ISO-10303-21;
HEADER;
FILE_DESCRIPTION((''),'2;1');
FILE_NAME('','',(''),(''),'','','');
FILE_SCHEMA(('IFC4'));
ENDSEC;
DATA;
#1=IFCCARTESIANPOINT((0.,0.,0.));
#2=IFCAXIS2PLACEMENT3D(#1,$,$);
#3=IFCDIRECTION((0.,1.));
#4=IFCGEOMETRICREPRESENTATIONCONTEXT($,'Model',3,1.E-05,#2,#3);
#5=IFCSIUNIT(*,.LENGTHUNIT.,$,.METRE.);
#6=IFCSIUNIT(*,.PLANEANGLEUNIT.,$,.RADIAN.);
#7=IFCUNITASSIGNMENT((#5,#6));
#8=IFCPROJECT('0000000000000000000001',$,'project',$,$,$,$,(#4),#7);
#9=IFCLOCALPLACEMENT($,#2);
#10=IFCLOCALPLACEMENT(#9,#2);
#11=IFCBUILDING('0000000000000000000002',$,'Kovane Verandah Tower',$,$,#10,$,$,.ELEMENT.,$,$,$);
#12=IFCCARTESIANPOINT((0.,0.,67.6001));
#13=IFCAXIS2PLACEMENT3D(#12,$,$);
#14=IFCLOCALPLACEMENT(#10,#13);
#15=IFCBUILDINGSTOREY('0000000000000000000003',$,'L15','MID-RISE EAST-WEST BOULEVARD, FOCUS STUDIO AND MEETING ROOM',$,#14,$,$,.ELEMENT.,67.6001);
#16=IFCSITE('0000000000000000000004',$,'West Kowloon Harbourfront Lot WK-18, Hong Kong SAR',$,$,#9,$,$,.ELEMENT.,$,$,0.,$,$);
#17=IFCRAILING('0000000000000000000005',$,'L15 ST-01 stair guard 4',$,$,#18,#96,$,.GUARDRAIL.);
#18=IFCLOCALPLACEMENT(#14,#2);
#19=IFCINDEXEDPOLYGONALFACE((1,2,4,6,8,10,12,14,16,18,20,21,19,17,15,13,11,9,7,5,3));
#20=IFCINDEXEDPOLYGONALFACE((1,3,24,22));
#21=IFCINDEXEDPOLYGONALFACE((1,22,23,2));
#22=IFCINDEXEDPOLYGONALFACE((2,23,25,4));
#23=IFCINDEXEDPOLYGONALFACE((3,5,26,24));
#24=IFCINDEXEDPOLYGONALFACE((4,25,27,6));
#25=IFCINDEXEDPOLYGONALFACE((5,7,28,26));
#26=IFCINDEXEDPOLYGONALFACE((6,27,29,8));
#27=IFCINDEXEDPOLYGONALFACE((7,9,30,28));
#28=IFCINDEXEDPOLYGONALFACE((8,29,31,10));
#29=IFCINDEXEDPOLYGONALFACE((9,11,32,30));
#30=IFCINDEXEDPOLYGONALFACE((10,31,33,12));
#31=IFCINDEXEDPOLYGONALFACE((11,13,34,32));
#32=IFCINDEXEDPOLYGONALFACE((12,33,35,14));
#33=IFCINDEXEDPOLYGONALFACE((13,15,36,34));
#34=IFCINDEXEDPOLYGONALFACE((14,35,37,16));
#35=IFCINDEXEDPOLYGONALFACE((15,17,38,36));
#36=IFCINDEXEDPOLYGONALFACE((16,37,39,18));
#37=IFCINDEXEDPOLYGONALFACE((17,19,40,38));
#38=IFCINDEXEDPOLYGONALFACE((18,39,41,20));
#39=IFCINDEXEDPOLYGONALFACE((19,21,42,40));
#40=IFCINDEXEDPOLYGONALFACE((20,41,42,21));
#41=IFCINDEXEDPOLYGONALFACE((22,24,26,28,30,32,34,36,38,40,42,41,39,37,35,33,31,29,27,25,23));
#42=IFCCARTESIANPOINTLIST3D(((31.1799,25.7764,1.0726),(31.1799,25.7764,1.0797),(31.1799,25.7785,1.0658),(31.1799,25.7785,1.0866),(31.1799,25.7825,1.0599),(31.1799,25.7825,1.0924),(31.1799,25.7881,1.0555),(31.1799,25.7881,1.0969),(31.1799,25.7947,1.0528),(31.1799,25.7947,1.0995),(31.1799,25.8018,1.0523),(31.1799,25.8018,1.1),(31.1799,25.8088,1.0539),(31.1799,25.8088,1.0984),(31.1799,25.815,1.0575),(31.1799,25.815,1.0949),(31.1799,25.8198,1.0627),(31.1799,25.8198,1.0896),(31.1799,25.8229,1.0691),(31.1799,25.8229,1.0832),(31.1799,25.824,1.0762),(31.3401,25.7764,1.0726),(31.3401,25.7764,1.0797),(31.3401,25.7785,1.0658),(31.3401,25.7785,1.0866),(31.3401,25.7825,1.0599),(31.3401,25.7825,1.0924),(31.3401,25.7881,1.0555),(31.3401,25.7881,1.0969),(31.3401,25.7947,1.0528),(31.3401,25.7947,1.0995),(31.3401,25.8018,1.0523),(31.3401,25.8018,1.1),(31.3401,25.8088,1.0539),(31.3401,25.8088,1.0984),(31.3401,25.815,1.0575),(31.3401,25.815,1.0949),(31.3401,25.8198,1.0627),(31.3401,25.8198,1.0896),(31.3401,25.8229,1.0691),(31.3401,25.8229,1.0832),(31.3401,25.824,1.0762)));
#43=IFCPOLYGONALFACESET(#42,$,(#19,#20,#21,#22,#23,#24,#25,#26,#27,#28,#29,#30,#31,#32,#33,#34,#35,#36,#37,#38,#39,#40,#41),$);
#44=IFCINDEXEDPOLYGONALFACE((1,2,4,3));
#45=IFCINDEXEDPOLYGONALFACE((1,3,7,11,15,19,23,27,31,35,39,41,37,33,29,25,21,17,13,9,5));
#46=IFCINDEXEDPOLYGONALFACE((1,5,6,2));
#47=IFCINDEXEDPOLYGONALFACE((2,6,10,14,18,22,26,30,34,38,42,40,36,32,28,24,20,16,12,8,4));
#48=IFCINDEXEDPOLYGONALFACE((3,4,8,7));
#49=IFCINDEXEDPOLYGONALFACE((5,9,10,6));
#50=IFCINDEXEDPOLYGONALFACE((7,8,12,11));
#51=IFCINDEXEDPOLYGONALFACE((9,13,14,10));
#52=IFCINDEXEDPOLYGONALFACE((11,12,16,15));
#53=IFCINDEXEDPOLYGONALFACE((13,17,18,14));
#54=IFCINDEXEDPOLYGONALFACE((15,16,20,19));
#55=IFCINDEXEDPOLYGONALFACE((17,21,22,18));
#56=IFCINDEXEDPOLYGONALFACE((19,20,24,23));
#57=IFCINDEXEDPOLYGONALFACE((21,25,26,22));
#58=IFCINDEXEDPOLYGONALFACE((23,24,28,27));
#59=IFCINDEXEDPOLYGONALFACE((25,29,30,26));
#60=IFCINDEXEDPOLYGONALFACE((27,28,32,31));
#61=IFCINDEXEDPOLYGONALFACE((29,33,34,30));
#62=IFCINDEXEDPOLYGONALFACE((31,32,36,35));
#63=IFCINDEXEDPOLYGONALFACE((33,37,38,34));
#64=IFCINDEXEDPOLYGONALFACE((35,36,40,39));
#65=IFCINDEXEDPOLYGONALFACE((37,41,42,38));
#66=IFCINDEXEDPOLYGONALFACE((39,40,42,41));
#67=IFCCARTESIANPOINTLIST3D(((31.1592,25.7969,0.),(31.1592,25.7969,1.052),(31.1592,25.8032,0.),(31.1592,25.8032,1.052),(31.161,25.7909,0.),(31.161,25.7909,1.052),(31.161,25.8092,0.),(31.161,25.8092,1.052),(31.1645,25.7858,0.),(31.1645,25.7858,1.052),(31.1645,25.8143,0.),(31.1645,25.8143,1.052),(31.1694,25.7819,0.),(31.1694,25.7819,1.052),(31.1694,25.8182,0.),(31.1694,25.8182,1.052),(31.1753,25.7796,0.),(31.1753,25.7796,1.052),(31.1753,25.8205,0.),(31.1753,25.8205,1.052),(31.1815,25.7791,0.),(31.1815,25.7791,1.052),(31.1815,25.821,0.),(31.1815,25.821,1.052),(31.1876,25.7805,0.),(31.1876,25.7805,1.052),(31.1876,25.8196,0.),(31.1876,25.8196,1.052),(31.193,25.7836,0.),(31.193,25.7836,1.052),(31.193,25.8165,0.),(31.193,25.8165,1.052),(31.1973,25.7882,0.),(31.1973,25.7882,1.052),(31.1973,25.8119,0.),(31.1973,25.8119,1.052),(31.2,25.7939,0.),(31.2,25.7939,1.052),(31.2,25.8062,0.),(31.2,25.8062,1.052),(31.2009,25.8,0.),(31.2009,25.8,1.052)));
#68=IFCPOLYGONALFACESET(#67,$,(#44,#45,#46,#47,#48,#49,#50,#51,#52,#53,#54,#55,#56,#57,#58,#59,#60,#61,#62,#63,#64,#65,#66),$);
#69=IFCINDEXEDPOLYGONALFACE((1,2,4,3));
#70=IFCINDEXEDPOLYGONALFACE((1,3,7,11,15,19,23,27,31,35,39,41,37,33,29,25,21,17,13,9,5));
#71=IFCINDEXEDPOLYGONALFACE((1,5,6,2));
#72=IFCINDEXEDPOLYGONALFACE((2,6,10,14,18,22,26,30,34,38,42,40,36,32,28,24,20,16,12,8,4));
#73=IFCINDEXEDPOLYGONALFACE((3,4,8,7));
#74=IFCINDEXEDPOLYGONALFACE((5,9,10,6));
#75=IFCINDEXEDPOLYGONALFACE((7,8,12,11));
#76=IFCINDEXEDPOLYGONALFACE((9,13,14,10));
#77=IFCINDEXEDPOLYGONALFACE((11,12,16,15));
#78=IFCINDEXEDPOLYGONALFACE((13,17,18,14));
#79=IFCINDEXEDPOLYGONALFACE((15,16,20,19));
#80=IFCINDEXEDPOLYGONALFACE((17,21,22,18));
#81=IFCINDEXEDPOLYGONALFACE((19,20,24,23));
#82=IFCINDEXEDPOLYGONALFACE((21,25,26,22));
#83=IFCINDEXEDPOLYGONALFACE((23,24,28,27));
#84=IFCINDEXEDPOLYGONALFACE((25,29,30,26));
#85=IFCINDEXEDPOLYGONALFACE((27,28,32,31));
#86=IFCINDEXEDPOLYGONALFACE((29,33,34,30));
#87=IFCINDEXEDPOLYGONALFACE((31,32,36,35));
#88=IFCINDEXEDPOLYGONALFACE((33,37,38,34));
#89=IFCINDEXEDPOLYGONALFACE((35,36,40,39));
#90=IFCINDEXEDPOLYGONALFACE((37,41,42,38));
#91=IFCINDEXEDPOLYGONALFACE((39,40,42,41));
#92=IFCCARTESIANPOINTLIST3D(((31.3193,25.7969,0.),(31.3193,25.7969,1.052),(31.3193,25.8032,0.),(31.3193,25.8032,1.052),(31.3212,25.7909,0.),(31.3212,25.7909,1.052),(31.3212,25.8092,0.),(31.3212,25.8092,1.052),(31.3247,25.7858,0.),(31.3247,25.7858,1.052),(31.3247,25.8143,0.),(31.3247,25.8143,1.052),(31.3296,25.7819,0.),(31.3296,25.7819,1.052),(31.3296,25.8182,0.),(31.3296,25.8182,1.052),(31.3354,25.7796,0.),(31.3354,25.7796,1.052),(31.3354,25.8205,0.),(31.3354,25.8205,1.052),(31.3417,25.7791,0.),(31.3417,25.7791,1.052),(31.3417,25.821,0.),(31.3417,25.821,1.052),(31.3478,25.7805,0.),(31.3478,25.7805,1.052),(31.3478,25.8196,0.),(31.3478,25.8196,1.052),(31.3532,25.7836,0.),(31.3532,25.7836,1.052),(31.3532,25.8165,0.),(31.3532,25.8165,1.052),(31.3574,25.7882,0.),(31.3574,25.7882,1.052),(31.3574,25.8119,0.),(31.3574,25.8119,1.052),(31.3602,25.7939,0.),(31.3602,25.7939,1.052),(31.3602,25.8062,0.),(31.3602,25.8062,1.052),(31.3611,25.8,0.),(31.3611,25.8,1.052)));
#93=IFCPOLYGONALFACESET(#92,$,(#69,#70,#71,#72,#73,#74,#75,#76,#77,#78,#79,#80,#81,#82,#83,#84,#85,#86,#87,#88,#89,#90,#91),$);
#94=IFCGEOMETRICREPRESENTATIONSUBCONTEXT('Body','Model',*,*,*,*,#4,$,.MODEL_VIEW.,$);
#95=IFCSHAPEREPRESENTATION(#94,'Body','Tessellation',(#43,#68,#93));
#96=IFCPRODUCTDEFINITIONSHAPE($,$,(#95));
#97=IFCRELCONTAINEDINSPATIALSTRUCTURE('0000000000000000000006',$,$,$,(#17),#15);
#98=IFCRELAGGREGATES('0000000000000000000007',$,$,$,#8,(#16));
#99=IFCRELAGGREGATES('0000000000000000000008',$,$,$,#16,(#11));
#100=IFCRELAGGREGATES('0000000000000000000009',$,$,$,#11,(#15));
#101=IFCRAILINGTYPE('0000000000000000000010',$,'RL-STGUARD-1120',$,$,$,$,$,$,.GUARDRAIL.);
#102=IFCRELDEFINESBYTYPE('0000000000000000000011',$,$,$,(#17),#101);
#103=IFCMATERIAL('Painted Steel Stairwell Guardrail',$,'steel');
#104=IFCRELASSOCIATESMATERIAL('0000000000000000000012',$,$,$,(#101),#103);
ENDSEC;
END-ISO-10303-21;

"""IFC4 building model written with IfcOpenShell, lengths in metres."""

from ifc_helpers import new_model, si_unit, direction, frame, origin, origin_2d, place, context, subcontext, project, spatial, circle, extrude, material, type_object, element, save


model = new_model("IFC4")

# Units and contexts
model_context = context("Model", 3, precision=1e-05, world=origin(), true_north=direction((0.0, 1.0)))
body_context = subcontext(model_context, "Body", "Model", "MODEL_VIEW")
ifc_project = project(units=[si_unit("LENGTHUNIT", "METRE"), si_unit("PLANEANGLEUNIT", "RADIAN")], contexts=[model_context])

# Site, building, storey
site_placement = place(None, origin())
site = spatial("IfcSite", under=ifc_project, at=site_placement, Name="West Kowloon Harbourfront Lot WK-18, Hong Kong SAR", CompositionType="ELEMENT", RefElevation=0.0)
building_placement = place(site_placement, origin())
building = spatial("IfcBuilding", under=site, at=building_placement, Name="Kovane Verandah Tower", CompositionType="ELEMENT")
storey_placement = place(building_placement, frame((0.0, 0.0, 67.6001)))
storey = spatial("IfcBuildingStorey", under=building, at=storey_placement, Name="L15", Description="MID-RISE EAST-WEST BOULEVARD, FOCUS STUDIO AND MEETING ROOM", CompositionType="ELEMENT", Elevation=67.6001)

# Railing
ifc_material_1 = material(Name="Painted Steel Stairwell Guardrail", Category="steel")
railing_type_1 = type_object("IfcRailingType", Name="RL-STGUARD-1120", PredefinedType="GUARDRAIL", material=ifc_material_1)
railing_1_placement = place(storey_placement, frame((31.1799, 25.8, 0.0)))
element("IfcRailing", 1, at=railing_1_placement, inside=storey, type_object=railing_type_1, Name="L15 ST-01 stair guard 4", PredefinedType="GUARDRAIL", context=body_context, shape_type="SweptSolid", body=[
    extrude(circle(Radius=0.0239, at=origin_2d()), frame((0.0, 0.0, 1.0762), z_axis=(1.0, 0.0, 0.0), x_axis=(0.0, 1.0, 0.0)), (0.0, 0.0, 1.0), 0.1602),
    extrude(circle(Radius=0.021, at=origin_2d()), origin(), (0.0, 0.0, 1.0), 1.052),
    extrude(circle(Radius=0.021, at=origin_2d()), frame((0.1602, 0.0, 0.0)), (0.0, 0.0, 1.0), 1.052),
])

save(model, "model.ifc")
